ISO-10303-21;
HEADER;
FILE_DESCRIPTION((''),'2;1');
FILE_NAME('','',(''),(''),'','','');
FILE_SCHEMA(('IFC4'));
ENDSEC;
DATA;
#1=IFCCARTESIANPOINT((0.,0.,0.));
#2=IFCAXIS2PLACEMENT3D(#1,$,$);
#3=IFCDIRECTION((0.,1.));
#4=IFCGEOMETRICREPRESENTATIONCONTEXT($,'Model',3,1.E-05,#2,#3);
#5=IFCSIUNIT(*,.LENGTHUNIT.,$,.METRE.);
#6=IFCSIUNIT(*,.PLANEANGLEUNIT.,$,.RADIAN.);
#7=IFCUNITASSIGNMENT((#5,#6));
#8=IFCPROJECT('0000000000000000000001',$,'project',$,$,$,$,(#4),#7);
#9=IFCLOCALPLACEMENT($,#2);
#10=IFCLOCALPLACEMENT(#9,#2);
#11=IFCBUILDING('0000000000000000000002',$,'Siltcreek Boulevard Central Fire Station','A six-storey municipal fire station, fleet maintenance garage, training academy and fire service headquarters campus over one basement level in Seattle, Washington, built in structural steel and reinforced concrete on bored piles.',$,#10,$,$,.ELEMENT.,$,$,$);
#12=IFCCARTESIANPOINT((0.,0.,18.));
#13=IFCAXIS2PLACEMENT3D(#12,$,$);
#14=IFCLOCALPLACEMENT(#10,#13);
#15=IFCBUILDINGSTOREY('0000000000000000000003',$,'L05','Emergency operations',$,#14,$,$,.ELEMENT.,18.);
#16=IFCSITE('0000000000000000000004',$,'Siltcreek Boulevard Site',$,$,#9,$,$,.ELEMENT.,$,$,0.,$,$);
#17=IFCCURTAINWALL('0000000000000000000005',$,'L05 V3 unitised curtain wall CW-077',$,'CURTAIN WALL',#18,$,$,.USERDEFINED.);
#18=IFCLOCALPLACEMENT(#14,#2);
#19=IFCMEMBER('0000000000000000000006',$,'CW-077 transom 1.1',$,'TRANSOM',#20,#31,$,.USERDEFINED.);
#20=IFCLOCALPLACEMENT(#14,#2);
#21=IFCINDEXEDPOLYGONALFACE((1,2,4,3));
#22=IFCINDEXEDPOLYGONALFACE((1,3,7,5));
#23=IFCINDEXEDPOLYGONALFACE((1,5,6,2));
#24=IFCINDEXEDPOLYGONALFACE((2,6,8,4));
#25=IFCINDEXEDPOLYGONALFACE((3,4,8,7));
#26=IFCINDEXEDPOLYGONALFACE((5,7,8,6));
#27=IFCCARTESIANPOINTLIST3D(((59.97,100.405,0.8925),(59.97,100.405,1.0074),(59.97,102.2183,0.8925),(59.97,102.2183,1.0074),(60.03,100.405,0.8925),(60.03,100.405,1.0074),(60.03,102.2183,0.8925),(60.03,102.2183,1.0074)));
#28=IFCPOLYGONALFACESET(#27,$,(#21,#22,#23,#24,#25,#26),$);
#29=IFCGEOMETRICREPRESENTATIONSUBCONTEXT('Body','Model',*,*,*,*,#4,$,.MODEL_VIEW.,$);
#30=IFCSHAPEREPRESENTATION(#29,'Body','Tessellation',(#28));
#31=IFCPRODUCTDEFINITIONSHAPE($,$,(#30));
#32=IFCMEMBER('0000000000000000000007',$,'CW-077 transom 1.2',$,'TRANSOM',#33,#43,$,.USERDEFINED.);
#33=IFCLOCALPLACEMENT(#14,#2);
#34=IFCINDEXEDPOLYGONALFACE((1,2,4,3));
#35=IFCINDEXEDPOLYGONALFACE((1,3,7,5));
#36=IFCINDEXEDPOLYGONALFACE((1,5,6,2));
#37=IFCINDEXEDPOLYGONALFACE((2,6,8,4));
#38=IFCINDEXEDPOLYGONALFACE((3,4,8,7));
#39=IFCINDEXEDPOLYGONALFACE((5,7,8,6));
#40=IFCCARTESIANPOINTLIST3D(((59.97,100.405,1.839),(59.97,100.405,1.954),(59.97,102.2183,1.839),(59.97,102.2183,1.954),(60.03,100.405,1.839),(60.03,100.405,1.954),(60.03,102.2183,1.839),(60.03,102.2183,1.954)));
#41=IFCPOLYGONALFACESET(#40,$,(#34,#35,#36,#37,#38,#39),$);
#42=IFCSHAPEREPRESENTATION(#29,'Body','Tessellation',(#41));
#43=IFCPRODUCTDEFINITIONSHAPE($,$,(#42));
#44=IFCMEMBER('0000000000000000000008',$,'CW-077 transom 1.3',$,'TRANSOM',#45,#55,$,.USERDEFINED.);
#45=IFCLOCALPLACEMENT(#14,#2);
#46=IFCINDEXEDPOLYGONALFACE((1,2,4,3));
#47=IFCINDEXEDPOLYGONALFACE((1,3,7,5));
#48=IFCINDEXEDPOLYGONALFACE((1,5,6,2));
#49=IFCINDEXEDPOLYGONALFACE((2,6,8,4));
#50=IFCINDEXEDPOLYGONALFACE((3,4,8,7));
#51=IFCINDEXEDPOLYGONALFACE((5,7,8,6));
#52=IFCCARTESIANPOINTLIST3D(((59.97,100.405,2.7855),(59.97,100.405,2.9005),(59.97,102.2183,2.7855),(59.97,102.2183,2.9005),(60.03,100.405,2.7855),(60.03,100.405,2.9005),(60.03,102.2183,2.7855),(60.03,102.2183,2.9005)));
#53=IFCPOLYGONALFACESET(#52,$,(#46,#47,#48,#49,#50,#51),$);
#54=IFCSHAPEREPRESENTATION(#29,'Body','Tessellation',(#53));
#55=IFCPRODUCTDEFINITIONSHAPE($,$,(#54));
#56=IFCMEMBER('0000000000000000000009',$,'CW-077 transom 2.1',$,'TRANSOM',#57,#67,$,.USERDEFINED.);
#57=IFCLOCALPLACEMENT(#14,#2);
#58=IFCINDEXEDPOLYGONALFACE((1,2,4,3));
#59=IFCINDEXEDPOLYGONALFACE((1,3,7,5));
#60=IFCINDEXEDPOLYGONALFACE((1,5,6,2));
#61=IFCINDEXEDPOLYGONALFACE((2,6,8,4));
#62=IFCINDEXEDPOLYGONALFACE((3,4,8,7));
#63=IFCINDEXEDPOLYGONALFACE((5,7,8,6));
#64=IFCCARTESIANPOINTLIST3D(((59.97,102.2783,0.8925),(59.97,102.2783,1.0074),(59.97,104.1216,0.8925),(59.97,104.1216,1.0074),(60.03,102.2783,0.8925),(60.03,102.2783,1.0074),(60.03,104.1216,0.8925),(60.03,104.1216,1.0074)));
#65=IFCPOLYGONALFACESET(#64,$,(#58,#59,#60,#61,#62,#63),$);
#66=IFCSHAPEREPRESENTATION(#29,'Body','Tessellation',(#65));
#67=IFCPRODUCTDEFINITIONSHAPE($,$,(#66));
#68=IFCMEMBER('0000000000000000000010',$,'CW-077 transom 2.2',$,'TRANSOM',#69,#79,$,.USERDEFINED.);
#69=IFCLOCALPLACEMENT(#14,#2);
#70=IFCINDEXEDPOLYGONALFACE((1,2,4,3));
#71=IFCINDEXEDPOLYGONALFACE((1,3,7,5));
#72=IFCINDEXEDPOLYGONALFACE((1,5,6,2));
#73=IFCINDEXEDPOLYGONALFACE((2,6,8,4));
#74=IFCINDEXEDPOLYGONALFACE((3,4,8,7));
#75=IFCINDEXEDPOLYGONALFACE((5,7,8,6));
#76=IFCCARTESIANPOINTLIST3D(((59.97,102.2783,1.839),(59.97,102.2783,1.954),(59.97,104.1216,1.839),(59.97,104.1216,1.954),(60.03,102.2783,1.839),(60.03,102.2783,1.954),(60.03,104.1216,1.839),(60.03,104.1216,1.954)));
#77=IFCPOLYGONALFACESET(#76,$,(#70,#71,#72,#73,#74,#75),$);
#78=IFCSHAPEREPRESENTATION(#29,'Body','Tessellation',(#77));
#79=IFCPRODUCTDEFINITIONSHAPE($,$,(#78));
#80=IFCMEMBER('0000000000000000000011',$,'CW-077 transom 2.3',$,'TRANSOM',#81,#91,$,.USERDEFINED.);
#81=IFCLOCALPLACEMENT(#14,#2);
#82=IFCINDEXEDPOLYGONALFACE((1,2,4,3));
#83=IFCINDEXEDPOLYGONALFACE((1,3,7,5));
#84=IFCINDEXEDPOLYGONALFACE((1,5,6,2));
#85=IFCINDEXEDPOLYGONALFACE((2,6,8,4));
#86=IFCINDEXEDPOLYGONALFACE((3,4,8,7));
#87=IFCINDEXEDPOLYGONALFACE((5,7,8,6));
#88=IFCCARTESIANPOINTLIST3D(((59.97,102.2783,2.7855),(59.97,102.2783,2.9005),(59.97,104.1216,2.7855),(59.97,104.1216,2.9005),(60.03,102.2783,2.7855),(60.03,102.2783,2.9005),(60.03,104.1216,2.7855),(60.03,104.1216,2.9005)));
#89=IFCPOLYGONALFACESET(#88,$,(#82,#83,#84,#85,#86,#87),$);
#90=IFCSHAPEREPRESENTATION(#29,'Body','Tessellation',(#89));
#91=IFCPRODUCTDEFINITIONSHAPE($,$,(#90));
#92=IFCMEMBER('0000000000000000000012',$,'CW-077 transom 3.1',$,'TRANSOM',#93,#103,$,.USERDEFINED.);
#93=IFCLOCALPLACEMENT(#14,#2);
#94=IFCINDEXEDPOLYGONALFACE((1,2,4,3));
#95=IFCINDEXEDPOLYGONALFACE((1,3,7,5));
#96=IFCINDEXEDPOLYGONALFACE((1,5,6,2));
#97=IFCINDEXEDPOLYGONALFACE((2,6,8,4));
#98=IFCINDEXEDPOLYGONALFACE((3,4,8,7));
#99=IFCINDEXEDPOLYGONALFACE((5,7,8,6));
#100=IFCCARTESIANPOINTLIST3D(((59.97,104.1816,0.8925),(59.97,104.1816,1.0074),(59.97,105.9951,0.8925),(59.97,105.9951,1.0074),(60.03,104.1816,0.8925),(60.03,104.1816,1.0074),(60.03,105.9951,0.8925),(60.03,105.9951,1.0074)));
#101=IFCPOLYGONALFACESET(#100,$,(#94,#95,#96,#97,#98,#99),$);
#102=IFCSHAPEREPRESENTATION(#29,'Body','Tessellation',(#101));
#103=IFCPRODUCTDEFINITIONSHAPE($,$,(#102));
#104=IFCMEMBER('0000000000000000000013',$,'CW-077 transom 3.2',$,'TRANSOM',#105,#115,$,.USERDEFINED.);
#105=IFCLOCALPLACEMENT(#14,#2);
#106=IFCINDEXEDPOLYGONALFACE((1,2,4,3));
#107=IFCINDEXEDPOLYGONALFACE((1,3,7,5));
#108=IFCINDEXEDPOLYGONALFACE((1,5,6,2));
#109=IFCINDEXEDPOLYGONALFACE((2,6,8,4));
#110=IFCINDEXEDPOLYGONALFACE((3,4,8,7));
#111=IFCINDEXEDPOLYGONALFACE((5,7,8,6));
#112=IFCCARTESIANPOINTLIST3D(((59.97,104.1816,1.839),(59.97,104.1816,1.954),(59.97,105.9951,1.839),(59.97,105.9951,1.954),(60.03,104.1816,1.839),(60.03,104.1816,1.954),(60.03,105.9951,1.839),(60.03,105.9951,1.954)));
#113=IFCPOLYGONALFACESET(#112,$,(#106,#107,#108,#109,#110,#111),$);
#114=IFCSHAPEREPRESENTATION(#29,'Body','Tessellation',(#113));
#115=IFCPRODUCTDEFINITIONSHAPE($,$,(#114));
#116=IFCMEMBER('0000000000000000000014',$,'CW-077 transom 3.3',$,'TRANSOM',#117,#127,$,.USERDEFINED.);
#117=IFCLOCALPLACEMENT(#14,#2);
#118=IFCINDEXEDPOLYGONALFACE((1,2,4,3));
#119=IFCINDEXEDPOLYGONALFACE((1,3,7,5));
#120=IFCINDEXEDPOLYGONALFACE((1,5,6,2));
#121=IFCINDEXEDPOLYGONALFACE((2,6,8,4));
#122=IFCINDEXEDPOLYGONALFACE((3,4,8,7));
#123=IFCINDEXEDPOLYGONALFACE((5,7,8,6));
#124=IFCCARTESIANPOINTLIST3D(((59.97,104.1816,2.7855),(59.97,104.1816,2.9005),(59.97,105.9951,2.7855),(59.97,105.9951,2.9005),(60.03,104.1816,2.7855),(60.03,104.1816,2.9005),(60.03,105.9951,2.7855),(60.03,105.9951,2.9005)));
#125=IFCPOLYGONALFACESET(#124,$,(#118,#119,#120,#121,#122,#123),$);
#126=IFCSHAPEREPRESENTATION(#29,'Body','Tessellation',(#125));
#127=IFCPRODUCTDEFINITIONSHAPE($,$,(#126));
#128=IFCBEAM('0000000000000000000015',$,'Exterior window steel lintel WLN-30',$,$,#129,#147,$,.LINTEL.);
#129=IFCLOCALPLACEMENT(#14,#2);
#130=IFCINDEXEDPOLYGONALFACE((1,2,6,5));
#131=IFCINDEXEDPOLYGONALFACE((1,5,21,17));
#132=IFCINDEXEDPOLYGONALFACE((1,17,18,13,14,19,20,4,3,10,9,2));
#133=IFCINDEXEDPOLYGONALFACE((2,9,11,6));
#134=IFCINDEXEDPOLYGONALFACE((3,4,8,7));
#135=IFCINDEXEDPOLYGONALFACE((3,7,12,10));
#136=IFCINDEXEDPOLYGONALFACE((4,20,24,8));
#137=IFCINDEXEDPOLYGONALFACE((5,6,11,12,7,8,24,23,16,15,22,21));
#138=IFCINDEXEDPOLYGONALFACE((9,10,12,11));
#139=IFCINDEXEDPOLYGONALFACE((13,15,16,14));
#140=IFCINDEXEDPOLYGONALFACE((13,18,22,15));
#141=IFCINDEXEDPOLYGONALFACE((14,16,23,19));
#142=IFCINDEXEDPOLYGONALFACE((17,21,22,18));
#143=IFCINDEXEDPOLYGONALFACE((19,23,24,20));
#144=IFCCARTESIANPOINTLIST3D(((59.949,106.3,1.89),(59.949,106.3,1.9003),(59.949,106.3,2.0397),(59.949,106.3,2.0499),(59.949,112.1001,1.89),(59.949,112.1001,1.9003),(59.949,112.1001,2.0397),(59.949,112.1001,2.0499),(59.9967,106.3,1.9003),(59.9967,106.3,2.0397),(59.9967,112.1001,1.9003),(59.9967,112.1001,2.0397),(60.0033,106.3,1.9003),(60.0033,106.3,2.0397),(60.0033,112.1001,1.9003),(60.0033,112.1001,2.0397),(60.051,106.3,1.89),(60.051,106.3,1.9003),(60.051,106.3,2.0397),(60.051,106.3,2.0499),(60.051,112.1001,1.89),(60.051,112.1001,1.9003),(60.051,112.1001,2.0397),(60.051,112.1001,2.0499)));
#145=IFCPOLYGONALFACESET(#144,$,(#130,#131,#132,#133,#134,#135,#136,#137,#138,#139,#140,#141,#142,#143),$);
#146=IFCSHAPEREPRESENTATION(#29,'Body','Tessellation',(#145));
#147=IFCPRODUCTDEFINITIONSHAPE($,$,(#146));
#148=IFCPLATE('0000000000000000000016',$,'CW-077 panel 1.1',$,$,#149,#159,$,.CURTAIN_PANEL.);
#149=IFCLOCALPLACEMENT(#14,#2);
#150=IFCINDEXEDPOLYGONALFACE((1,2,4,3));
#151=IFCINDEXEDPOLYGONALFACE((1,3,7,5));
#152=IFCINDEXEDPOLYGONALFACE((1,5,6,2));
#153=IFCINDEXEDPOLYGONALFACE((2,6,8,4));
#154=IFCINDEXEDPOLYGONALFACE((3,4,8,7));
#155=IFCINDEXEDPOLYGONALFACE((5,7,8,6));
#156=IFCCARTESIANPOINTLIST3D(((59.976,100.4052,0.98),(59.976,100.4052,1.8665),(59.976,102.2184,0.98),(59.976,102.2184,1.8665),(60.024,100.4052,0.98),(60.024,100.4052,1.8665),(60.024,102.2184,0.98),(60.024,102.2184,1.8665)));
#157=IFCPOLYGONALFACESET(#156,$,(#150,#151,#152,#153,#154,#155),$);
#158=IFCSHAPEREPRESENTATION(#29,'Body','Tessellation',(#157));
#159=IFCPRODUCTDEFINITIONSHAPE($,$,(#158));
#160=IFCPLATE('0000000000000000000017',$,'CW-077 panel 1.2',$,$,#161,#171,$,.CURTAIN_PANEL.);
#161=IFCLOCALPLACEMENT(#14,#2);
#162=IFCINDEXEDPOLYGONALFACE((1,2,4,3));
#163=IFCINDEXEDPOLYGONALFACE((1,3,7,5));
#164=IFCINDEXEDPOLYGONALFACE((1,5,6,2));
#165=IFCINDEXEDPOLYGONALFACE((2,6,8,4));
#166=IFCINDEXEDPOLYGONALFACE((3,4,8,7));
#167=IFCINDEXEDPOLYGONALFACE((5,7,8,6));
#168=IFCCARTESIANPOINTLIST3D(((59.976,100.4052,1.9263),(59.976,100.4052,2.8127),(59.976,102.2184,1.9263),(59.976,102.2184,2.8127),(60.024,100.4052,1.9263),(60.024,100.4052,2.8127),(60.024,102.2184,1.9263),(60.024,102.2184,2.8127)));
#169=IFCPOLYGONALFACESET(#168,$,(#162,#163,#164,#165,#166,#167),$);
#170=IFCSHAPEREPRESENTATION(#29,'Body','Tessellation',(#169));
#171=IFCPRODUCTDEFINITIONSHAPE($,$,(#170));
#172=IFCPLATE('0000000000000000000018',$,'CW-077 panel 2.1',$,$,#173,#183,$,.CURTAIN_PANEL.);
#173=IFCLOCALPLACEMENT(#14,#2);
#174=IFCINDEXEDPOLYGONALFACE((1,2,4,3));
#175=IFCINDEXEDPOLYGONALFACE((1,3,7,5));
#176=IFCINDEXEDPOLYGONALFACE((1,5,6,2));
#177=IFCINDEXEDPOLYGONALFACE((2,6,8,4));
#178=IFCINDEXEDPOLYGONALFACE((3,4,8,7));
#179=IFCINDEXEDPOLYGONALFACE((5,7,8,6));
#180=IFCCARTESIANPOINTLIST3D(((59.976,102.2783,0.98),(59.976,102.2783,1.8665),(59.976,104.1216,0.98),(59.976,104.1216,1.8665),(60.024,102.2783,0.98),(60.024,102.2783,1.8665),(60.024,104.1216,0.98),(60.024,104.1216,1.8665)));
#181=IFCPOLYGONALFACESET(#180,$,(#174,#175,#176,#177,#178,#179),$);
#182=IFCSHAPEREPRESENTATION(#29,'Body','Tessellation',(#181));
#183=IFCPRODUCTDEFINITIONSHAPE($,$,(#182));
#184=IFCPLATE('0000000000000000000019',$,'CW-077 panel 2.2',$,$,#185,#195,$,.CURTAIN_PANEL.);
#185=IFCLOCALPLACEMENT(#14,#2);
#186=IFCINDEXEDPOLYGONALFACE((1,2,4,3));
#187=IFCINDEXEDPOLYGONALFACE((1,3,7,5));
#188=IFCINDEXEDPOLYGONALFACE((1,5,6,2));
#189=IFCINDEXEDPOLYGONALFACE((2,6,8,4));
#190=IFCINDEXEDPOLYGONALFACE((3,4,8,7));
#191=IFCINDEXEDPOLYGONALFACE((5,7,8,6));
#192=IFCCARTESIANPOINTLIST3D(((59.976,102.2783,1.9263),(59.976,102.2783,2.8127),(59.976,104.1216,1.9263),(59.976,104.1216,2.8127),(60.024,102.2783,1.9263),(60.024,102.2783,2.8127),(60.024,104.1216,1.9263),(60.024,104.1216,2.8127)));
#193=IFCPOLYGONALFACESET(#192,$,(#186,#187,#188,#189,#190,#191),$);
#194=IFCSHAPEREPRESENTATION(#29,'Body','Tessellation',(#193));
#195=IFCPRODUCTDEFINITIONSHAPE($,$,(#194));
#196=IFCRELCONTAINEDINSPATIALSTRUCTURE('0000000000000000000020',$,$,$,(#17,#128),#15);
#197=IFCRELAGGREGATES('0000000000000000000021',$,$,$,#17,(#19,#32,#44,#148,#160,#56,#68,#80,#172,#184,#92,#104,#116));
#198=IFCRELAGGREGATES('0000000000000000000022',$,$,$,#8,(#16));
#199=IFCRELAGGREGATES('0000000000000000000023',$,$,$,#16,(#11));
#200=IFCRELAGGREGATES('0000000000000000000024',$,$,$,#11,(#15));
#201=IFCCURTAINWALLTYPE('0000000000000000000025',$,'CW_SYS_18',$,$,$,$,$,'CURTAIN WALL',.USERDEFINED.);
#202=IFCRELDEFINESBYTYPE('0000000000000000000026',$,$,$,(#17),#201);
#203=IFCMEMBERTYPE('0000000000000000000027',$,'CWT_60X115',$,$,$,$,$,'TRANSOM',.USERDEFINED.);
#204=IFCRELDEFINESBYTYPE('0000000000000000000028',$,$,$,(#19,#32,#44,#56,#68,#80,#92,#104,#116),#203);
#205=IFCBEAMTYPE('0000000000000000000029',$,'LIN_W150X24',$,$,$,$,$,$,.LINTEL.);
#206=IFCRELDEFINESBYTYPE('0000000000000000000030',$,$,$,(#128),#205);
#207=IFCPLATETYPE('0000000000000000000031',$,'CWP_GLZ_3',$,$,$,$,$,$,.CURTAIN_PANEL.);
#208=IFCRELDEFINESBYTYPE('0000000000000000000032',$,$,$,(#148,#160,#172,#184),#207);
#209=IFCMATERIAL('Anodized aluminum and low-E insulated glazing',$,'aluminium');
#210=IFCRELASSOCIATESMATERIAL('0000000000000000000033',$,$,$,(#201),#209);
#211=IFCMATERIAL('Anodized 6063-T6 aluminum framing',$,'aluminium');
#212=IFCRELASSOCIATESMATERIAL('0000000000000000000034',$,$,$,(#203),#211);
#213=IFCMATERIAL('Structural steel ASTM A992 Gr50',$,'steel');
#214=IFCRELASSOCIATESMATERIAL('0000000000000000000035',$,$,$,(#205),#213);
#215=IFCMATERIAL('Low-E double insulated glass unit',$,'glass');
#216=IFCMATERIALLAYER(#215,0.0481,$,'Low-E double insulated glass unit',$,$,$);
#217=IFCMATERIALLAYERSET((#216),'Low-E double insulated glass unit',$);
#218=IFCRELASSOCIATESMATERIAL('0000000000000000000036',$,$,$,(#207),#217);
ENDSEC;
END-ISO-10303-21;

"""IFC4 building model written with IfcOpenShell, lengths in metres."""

from ifc_helpers import new_model, si_unit, direction, frame, origin, origin_2d, place, context, subcontext, project, spatial, rectangle, i_section, extrude, material, layer, layer_set, material_profile, profile_set, type_object, element, aggregate, save


model = new_model("IFC4")

# Units and contexts
model_context = context("Model", 3, precision=1e-05, world=origin(), true_north=direction((0.0, 1.0)))
body_context = subcontext(model_context, "Body", "Model", "MODEL_VIEW")
ifc_project = project(units=[si_unit("LENGTHUNIT", "METRE"), si_unit("PLANEANGLEUNIT", "RADIAN")], contexts=[model_context])

# Site, building, storey
site_placement = place(None, origin())
site = spatial("IfcSite", under=ifc_project, at=site_placement, Name="Siltcreek Boulevard Site", CompositionType="ELEMENT", RefElevation=0.0)
building_placement = place(site_placement, origin())
building = spatial("IfcBuilding", under=site, at=building_placement, Name="Siltcreek Boulevard Central Fire Station", Description="A six-storey municipal fire station, fleet maintenance garage, training academy and fire service headquarters campus over one basement level in Seattle, Washington, built in structural steel and reinforced concrete on bored piles.", CompositionType="ELEMENT")
storey_placement = place(building_placement, frame((0.0, 0.0, 18.0)))
storey = spatial("IfcBuildingStorey", under=building, at=storey_placement, Name="L05", Description="Emergency operations", CompositionType="ELEMENT", Elevation=18.0)

# Curtain wall, members
ifc_material_1 = material(Name="Anodized aluminum and low-E insulated glazing", Category="aluminium")
curtain_wall_type = type_object("IfcCurtainWallType", Name="CW_SYS_18", ElementType="CURTAIN WALL", PredefinedType="USERDEFINED", material=ifc_material_1)
curtain_wall_placement = place(storey_placement, origin())
curtain_wall = element("IfcCurtainWall", 1, at=curtain_wall_placement, inside=storey, type_object=curtain_wall_type, Name="L05 V3 unitised curtain wall CW-077", ObjectType="CURTAIN WALL", PredefinedType="USERDEFINED")
ifc_material_2 = material(Name="Anodized 6063-T6 aluminum framing", Category="aluminium")
ifc_material_profile_1 = material_profile(ifc_material_2, rectangle(XDim=0.0601, YDim=0.115, at=origin_2d()), Name="TRAN60X115")
ifc_profile_set_1 = profile_set([ifc_material_profile_1], Name="Anodized 6063-T6 aluminum framing")
member_type = type_object("IfcMemberType", Name="CWT_60X115", ElementType="TRANSOM", PredefinedType="USERDEFINED", material=ifc_profile_set_1)
member_1_placement = place(storey_placement, frame((60.0, 100.405, 0.95), z_axis=(0.0, 1.0, 0.0), x_axis=(-1.0, 0.0, 0.0)))
member_1 = element("IfcMember", 2, at=member_1_placement, type_object=member_type, Name="CW-077 transom 1.1", ObjectType="TRANSOM", PredefinedType="USERDEFINED", context=body_context, shape_type="SweptSolid", body=[
    extrude(rectangle(XDim=0.0601, YDim=0.115, at=origin_2d()), origin(), (0.0, 0.0, 1.0), 1.8132),
])
member_2_placement = place(storey_placement, frame((60.0, 100.405, 1.8965), z_axis=(0.0, 1.0, 0.0), x_axis=(-1.0, 0.0, 0.0)))
member_2 = element("IfcMember", 3, at=member_2_placement, type_object=member_type, Name="CW-077 transom 1.2", ObjectType="TRANSOM", PredefinedType="USERDEFINED", context=body_context, shape_type="SweptSolid", body=[
    extrude(rectangle(XDim=0.0601, YDim=0.115, at=origin_2d()), origin(), (0.0, 0.0, 1.0), 1.8132),
])
member_3_placement = place(storey_placement, frame((60.0, 100.405, 2.843), z_axis=(0.0, 1.0, 0.0), x_axis=(-1.0, 0.0, 0.0)))
member_3 = element("IfcMember", 4, at=member_3_placement, type_object=member_type, Name="CW-077 transom 1.3", ObjectType="TRANSOM", PredefinedType="USERDEFINED", context=body_context, shape_type="SweptSolid", body=[
    extrude(rectangle(XDim=0.0601, YDim=0.115, at=origin_2d()), origin(), (0.0, 0.0, 1.0), 1.8132),
])
member_4_placement = place(storey_placement, frame((60.0, 102.2783, 0.95), z_axis=(0.0, 1.0, 0.0), x_axis=(-1.0, 0.0, 0.0)))
member_4 = element("IfcMember", 5, at=member_4_placement, type_object=member_type, Name="CW-077 transom 2.1", ObjectType="TRANSOM", PredefinedType="USERDEFINED", context=body_context, shape_type="SweptSolid", body=[
    extrude(rectangle(XDim=0.0601, YDim=0.115, at=origin_2d()), origin(), (0.0, 0.0, 1.0), 1.8433),
])
member_5_placement = place(storey_placement, frame((60.0, 102.2783, 1.8965), z_axis=(0.0, 1.0, 0.0), x_axis=(-1.0, 0.0, 0.0)))
member_5 = element("IfcMember", 6, at=member_5_placement, type_object=member_type, Name="CW-077 transom 2.2", ObjectType="TRANSOM", PredefinedType="USERDEFINED", context=body_context, shape_type="SweptSolid", body=[
    extrude(rectangle(XDim=0.0601, YDim=0.115, at=origin_2d()), origin(), (0.0, 0.0, 1.0), 1.8433),
])
member_6_placement = place(storey_placement, frame((60.0, 102.2783, 2.843), z_axis=(0.0, 1.0, 0.0), x_axis=(-1.0, 0.0, 0.0)))
member_6 = element("IfcMember", 7, at=member_6_placement, type_object=member_type, Name="CW-077 transom 2.3", ObjectType="TRANSOM", PredefinedType="USERDEFINED", context=body_context, shape_type="SweptSolid", body=[
    extrude(rectangle(XDim=0.0601, YDim=0.115, at=origin_2d()), origin(), (0.0, 0.0, 1.0), 1.8433),
])
member_7_placement = place(storey_placement, frame((60.0, 104.1816, 0.95), z_axis=(0.0, 1.0, 0.0), x_axis=(-1.0, 0.0, 0.0)))
member_7 = element("IfcMember", 8, at=member_7_placement, type_object=member_type, Name="CW-077 transom 3.1", ObjectType="TRANSOM", PredefinedType="USERDEFINED", context=body_context, shape_type="SweptSolid", body=[
    extrude(rectangle(XDim=0.0601, YDim=0.115, at=origin_2d()), origin(), (0.0, 0.0, 1.0), 1.8135),
])
member_8_placement = place(storey_placement, frame((60.0, 104.1816, 1.8965), z_axis=(0.0, 1.0, 0.0), x_axis=(-1.0, 0.0, 0.0)))
member_8 = element("IfcMember", 9, at=member_8_placement, type_object=member_type, Name="CW-077 transom 3.2", ObjectType="TRANSOM", PredefinedType="USERDEFINED", context=body_context, shape_type="SweptSolid", body=[
    extrude(rectangle(XDim=0.0601, YDim=0.115, at=origin_2d()), origin(), (0.0, 0.0, 1.0), 1.8135),
])
member_9_placement = place(storey_placement, frame((60.0, 104.1816, 2.843), z_axis=(0.0, 1.0, 0.0), x_axis=(-1.0, 0.0, 0.0)))
member_9 = element("IfcMember", 10, at=member_9_placement, type_object=member_type, Name="CW-077 transom 3.3", ObjectType="TRANSOM", PredefinedType="USERDEFINED", context=body_context, shape_type="SweptSolid", body=[
    extrude(rectangle(XDim=0.0601, YDim=0.115, at=origin_2d()), origin(), (0.0, 0.0, 1.0), 1.8135),
])

# Beam
ifc_material_3 = material(Name="Structural steel ASTM A992 Gr50", Category="steel")
ifc_material_profile_2 = material_profile(ifc_material_3, i_section(OverallWidth=0.1021, OverallDepth=0.1599, WebThickness=0.0066, FlangeThickness=0.0103, at=origin_2d()), Name="W150X24")
ifc_profile_set_2 = profile_set([ifc_material_profile_2], Name="Structural steel ASTM A992 Gr50")
beam_type = type_object("IfcBeamType", Name="LIN_W150X24", PredefinedType="LINTEL", material=ifc_profile_set_2)
beam_placement = place(storey_placement, frame((60.0, 106.3, 1.97), z_axis=(0.0, 1.0, 0.0), x_axis=(-1.0, 0.0, 0.0)))
element("IfcBeam", 11, at=beam_placement, inside=storey, type_object=beam_type, Name="Exterior window steel lintel WLN-30", PredefinedType="LINTEL", context=body_context, shape_type="SweptSolid", body=[
    extrude(i_section(OverallWidth=0.1021, OverallDepth=0.1599, WebThickness=0.0066, FlangeThickness=0.0103, at=origin_2d()), origin(), (0.0, 0.0, 1.0), 5.8),
])

# Plates
ifc_material_4 = material(Name="Low-E double insulated glass unit", Category="glass")
ifc_layer_1 = layer(ifc_material_4, 0.0481, Name="Low-E double insulated glass unit")
ifc_layer_set_1 = layer_set([ifc_layer_1], Name="Low-E double insulated glass unit")
plate_type = type_object("IfcPlateType", Name="CWP_GLZ_3", PredefinedType="CURTAIN_PANEL", material=ifc_layer_set_1)
plate_1_placement = place(storey_placement, frame((60.0, 101.3118, 0.98), z_axis=(0.0, 0.0, 1.0), x_axis=(0.0, 1.0, 0.0)))
plate_1 = element("IfcPlate", 12, at=plate_1_placement, type_object=plate_type, Name="CW-077 panel 1.1", PredefinedType="CURTAIN_PANEL", context=body_context, shape_type="SweptSolid", body=[
    extrude(rectangle(XDim=1.8132, YDim=0.0481, at=origin_2d()), origin(), (0.0, 0.0, 1.0), 0.8865),
])
plate_2_placement = place(storey_placement, frame((60.0, 101.3118, 1.9263), z_axis=(0.0, 0.0, 1.0), x_axis=(0.0, 1.0, 0.0)))
plate_2 = element("IfcPlate", 13, at=plate_2_placement, type_object=plate_type, Name="CW-077 panel 1.2", PredefinedType="CURTAIN_PANEL", context=body_context, shape_type="SweptSolid", body=[
    extrude(rectangle(XDim=1.8132, YDim=0.0481, at=origin_2d()), origin(), (0.0, 0.0, 1.0), 0.8865),
])
plate_3_placement = place(storey_placement, frame((60.0, 103.2, 0.98), z_axis=(0.0, 0.0, 1.0), x_axis=(0.0, 1.0, 0.0)))
plate_3 = element("IfcPlate", 14, at=plate_3_placement, type_object=plate_type, Name="CW-077 panel 2.1", PredefinedType="CURTAIN_PANEL", context=body_context, shape_type="SweptSolid", body=[
    extrude(rectangle(XDim=1.8433, YDim=0.0481, at=origin_2d()), origin(), (0.0, 0.0, 1.0), 0.8865),
])
plate_4_placement = place(storey_placement, frame((60.0, 103.2, 1.9263), z_axis=(0.0, 0.0, 1.0), x_axis=(0.0, 1.0, 0.0)))
plate_4 = element("IfcPlate", 15, at=plate_4_placement, type_object=plate_type, Name="CW-077 panel 2.2", PredefinedType="CURTAIN_PANEL", context=body_context, shape_type="SweptSolid", body=[
    extrude(rectangle(XDim=1.8433, YDim=0.0481, at=origin_2d()), origin(), (0.0, 0.0, 1.0), 0.8865),
])
aggregate(curtain_wall, [member_1, member_2, member_3, plate_1, plate_2, member_4, member_5, member_6, plate_3, plate_4, member_7, member_8, member_9])

save(model, "model.ifc")
